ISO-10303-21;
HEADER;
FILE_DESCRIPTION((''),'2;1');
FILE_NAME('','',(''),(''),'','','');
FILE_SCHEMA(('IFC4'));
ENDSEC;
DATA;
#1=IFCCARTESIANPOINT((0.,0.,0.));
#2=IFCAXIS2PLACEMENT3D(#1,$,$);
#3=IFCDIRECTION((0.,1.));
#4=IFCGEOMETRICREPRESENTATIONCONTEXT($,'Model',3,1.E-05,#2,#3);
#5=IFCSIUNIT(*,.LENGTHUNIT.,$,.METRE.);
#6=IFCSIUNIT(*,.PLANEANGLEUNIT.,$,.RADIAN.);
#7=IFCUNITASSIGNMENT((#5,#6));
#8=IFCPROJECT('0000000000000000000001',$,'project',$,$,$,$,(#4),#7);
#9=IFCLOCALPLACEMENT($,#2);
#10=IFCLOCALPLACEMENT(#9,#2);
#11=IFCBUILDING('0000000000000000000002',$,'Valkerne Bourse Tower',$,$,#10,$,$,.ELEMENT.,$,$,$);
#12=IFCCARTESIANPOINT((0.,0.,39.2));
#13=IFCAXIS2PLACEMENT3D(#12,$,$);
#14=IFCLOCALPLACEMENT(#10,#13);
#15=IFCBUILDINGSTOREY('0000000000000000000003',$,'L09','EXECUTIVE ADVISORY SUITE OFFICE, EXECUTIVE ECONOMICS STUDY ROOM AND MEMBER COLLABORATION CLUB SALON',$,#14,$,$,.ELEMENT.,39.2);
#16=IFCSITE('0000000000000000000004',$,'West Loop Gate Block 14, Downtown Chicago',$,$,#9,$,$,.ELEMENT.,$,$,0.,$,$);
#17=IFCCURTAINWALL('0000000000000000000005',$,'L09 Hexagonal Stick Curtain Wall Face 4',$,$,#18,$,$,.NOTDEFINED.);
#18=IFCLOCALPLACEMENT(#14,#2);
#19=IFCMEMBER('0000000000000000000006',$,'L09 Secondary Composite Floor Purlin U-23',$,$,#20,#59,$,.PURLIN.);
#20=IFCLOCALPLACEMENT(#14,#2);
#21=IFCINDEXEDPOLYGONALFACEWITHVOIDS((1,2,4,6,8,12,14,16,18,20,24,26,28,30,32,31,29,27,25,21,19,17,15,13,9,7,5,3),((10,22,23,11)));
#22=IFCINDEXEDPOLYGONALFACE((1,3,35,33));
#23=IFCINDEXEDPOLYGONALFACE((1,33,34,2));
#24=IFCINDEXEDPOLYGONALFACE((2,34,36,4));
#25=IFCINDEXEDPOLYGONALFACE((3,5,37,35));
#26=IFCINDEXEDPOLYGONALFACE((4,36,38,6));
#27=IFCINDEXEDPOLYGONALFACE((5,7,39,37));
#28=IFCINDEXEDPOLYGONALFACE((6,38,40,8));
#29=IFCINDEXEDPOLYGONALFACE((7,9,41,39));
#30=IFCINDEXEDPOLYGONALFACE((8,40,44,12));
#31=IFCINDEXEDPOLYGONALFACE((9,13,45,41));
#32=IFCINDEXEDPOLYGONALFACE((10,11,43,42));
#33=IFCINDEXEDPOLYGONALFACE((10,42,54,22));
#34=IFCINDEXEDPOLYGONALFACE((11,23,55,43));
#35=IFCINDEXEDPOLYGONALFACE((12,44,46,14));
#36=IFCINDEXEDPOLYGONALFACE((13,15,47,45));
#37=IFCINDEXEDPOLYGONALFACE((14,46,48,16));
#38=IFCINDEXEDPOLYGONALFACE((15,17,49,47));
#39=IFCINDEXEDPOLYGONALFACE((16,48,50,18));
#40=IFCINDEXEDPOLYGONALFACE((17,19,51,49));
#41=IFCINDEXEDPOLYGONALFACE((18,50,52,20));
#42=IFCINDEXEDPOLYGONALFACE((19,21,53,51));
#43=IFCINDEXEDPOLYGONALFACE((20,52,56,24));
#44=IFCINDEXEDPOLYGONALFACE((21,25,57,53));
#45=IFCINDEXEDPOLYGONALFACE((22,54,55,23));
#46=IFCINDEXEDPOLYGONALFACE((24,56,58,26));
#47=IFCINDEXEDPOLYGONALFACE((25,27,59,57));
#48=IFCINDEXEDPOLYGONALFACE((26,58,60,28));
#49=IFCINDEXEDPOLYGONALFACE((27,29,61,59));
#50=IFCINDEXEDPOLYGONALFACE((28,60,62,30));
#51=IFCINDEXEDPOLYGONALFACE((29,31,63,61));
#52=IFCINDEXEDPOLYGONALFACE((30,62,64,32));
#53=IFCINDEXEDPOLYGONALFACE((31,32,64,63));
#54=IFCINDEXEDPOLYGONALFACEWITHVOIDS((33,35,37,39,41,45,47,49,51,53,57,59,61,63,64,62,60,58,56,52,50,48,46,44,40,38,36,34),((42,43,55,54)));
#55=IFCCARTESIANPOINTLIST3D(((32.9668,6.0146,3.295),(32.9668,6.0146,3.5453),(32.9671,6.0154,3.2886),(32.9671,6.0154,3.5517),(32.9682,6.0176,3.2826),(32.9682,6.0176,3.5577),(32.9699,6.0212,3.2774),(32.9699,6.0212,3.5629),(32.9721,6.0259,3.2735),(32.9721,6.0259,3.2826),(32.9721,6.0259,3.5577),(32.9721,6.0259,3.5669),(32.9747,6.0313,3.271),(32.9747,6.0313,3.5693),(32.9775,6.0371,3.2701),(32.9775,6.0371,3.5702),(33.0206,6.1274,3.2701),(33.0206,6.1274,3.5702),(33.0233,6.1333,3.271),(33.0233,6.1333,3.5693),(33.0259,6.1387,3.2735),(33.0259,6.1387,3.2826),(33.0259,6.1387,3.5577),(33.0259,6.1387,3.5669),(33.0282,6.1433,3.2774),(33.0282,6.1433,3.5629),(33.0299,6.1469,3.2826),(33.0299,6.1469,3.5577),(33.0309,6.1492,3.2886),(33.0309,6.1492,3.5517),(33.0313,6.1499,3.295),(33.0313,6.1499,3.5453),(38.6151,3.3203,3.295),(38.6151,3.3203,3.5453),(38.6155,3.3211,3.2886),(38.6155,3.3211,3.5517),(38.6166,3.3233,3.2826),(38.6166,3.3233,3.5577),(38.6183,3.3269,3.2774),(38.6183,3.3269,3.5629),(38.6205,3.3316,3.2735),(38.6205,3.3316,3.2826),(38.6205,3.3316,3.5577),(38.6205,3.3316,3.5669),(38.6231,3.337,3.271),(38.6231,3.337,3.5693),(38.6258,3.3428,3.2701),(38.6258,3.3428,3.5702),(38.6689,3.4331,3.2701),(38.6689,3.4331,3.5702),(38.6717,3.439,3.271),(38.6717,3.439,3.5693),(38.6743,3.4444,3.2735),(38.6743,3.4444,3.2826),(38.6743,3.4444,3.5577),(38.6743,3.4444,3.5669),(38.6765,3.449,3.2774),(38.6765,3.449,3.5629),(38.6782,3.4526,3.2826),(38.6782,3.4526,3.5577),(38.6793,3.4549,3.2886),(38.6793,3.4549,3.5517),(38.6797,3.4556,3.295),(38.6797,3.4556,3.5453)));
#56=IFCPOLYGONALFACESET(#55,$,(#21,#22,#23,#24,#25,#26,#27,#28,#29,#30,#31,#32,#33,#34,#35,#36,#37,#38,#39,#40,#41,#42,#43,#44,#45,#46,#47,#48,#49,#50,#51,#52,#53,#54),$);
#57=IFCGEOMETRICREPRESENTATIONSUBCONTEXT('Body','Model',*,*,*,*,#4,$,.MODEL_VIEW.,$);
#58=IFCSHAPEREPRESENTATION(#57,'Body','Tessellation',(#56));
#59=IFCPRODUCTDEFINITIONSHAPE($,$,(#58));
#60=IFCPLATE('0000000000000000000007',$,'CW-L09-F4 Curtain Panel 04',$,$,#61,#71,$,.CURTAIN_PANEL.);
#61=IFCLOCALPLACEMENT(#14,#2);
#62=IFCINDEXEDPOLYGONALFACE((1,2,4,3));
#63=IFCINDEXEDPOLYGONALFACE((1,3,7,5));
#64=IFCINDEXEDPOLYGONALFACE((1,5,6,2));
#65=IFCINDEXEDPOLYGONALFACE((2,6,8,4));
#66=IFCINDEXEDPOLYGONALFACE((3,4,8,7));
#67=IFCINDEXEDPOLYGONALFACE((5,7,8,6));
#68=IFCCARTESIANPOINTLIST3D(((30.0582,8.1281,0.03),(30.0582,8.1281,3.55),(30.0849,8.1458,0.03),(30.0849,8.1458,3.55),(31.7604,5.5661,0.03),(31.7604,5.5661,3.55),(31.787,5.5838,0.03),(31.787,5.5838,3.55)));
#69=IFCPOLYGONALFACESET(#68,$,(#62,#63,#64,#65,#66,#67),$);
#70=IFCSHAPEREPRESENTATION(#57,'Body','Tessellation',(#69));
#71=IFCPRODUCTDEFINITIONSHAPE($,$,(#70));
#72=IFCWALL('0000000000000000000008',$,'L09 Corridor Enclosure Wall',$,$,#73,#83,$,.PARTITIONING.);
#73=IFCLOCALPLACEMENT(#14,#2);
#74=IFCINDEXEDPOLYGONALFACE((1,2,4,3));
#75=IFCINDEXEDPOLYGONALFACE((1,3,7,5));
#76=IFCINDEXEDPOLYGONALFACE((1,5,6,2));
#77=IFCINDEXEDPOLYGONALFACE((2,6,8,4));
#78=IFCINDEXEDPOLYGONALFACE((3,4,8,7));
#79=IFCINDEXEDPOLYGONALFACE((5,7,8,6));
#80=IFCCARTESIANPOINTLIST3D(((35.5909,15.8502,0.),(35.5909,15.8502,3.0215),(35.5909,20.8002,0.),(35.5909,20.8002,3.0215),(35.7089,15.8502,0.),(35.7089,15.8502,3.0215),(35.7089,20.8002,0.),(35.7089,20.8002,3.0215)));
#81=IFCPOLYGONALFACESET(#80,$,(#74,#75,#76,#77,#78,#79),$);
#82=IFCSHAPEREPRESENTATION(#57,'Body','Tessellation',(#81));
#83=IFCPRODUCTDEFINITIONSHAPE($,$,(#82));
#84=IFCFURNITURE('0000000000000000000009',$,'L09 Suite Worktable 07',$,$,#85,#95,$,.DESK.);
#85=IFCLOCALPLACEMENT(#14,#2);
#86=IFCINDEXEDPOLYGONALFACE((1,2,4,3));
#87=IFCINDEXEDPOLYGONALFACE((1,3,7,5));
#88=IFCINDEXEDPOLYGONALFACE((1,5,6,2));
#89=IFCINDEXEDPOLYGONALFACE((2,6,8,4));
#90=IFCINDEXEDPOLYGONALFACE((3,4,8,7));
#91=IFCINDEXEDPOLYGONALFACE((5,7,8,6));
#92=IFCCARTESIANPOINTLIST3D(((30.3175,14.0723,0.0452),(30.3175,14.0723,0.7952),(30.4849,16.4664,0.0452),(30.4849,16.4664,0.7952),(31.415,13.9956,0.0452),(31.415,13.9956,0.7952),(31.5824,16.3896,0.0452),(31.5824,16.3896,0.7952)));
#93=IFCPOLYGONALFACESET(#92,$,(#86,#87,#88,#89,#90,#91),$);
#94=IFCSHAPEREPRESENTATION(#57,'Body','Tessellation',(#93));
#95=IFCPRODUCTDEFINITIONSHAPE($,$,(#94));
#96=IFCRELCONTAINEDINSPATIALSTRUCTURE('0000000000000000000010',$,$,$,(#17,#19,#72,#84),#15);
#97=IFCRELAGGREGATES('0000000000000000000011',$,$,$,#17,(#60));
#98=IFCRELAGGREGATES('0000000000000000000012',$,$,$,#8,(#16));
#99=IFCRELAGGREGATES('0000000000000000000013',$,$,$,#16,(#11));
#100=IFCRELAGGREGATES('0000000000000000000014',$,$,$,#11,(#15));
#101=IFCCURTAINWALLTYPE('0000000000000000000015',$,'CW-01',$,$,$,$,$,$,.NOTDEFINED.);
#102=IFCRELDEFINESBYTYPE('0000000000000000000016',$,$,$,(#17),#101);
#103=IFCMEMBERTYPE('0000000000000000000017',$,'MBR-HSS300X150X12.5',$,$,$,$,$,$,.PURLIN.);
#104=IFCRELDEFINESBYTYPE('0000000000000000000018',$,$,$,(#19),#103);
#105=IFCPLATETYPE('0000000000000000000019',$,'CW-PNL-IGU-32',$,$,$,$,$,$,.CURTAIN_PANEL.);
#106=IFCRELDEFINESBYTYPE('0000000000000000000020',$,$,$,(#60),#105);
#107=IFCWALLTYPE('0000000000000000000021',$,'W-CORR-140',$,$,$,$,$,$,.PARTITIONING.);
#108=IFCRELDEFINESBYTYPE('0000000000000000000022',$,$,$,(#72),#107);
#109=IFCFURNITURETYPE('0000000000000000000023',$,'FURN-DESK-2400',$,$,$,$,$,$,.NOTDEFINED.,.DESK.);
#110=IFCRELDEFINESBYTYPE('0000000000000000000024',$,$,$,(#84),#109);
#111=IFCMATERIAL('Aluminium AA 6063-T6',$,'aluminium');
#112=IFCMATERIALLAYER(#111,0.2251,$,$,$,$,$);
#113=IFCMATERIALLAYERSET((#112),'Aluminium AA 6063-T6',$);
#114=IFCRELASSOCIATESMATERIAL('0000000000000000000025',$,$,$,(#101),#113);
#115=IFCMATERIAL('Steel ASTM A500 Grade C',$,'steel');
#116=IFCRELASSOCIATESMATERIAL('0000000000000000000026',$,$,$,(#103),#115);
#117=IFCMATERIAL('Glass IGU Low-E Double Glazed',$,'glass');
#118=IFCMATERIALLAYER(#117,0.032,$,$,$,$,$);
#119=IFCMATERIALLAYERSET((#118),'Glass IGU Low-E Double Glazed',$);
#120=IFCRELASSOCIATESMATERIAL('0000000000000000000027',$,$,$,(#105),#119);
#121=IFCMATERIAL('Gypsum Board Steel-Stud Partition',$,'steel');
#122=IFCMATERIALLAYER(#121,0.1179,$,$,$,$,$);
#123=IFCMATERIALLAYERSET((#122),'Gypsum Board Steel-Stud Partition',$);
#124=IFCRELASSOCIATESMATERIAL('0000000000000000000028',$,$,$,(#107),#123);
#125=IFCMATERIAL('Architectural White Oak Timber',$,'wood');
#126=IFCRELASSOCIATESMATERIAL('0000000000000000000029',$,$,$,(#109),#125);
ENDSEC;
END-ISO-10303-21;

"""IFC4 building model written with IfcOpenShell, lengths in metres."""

from ifc_helpers import new_model, si_unit, direction, frame, frame_2d, origin, origin_2d, place, context, subcontext, project, spatial, rectangle, hollow_rectangle, extrude, material, layer, layer_set, material_profile, profile_set, type_object, element, aggregate, save


model = new_model("IFC4")

# Units and contexts
model_context = context("Model", 3, precision=1e-05, world=origin(), true_north=direction((0.0, 1.0)))
body_context = subcontext(model_context, "Body", "Model", "MODEL_VIEW")
ifc_project = project(units=[si_unit("LENGTHUNIT", "METRE"), si_unit("PLANEANGLEUNIT", "RADIAN")], contexts=[model_context])

# Site, building, storey
site_placement = place(None, origin())
site = spatial("IfcSite", under=ifc_project, at=site_placement, Name="West Loop Gate Block 14, Downtown Chicago", CompositionType="ELEMENT", RefElevation=0.0)
building_placement = place(site_placement, origin())
building = spatial("IfcBuilding", under=site, at=building_placement, Name="Valkerne Bourse Tower", CompositionType="ELEMENT")
storey_placement = place(building_placement, frame((0.0, 0.0, 39.2)))
storey = spatial("IfcBuildingStorey", under=building, at=storey_placement, Name="L09", Description="EXECUTIVE ADVISORY SUITE OFFICE, EXECUTIVE ECONOMICS STUDY ROOM AND MEMBER COLLABORATION CLUB SALON", CompositionType="ELEMENT", Elevation=39.2)

# Curtain wall
ifc_material_1 = material(Name="Aluminium AA 6063-T6", Category="aluminium")
ifc_layer_1 = layer(ifc_material_1, 0.2251)
ifc_layer_set_1 = layer_set([ifc_layer_1], Name="Aluminium AA 6063-T6")
curtain_wall_type = type_object("IfcCurtainWallType", Name="CW-01", PredefinedType="NOTDEFINED", material=ifc_layer_set_1)
curtain_wall_placement = place(storey_placement, origin())
curtain_wall = element("IfcCurtainWall", 1, at=curtain_wall_placement, inside=storey, type_object=curtain_wall_type, Name="L09 Hexagonal Stick Curtain Wall Face 4", PredefinedType="NOTDEFINED")

# Member
ifc_material_2 = material(Name="Steel ASTM A500 Grade C", Category="steel")
ifc_material_profile_1 = material_profile(ifc_material_2, hollow_rectangle(XDim=0.1499, YDim=0.3, WallThickness=0.0125, OuterFilletRadius=0.0249, at=origin_2d()), Name="HSS300X150X12.5")
ifc_profile_set_1 = profile_set([ifc_material_profile_1], Name="Steel ASTM A500 Grade C")
member_type_1 = type_object("IfcMemberType", Name="MBR-HSS300X150X12.5", PredefinedType="PURLIN", material=ifc_profile_set_1)
member_1_placement = place(storey_placement, frame((32.999, 6.0823, 3.4202), z_axis=(0.902575, -0.430533, 0.0), x_axis=(0.430533, 0.902575, 0.0)))
element("IfcMember", 2, at=member_1_placement, inside=storey, type_object=member_type_1, Name="L09 Secondary Composite Floor Purlin U-23", PredefinedType="PURLIN", context=body_context, shape_type="SweptSolid", body=[
    extrude(hollow_rectangle(XDim=0.1499, YDim=0.3, WallThickness=0.0125, OuterFilletRadius=0.0249, at=origin_2d()), origin(), (0.0, 0.0, 1.0), 6.2581),
])

# Plate
ifc_material_3 = material(Name="Glass IGU Low-E Double Glazed", Category="glass")
ifc_layer_2 = layer(ifc_material_3, 0.032)
ifc_layer_set_2 = layer_set([ifc_layer_2], Name="Glass IGU Low-E Double Glazed")
plate_type = type_object("IfcPlateType", Name="CW-PNL-IGU-32", PredefinedType="CURTAIN_PANEL", material=ifc_layer_set_2)
plate_placement = place(storey_placement, frame((30.9226, 6.856, 0.03), z_axis=(0.0, 0.0, 1.0), x_axis=(0.553377, -0.832931, 0.0)))
plate = element("IfcPlate", 3, at=plate_placement, type_object=plate_type, Name="CW-L09-F4 Curtain Panel 04", PredefinedType="CURTAIN_PANEL", context=body_context, shape_type="SweptSolid", body=[
    extrude(rectangle(XDim=3.0759, YDim=0.032, at=origin_2d()), origin(), (0.0, 0.0, 1.0), 3.52),
])
aggregate(curtain_wall, [plate])

# Wall
ifc_material_4 = material(Name="Gypsum Board Steel-Stud Partition", Category="steel")
ifc_layer_3 = layer(ifc_material_4, 0.1179)
ifc_layer_set_3 = layer_set([ifc_layer_3], Name="Gypsum Board Steel-Stud Partition")
wall_type = type_object("IfcWallType", Name="W-CORR-140", PredefinedType="PARTITIONING", material=ifc_layer_set_3)
wall_placement = place(storey_placement, frame((35.6499, 15.8501, 0.0), z_axis=(0.0, 0.0, 1.0), x_axis=(0.0, 1.0, 0.0)))
element("IfcWall", 4, at=wall_placement, inside=storey, type_object=wall_type, Name="L09 Corridor Enclosure Wall", PredefinedType="PARTITIONING", context=body_context, shape_type="SweptSolid", body=[
    extrude(rectangle(XDim=4.95, YDim=0.1179, at=frame_2d((2.4751, 0.0))), origin(), (0.0, 0.0, 1.0), 3.0215),
])

# Furniture
ifc_material_5 = material(Name="Architectural White Oak Timber", Category="wood")
furniture_type = type_object("IfcFurnitureType", Name="FURN-DESK-2400", AssemblyPlace="NOTDEFINED", PredefinedType="DESK", material=ifc_material_5)
furniture_placement = place(storey_placement, frame((30.95, 15.231, 0.0452), z_axis=(0.0, 0.0, 1.0), x_axis=(0.069756, 0.997564, 0.0)))
element("IfcFurniture", 5, at=furniture_placement, inside=storey, type_object=furniture_type, Name="L09 Suite Worktable 07", PredefinedType="DESK", context=body_context, shape_type="SweptSolid", body=[
    extrude(rectangle(XDim=2.3999, YDim=1.1001, at=origin_2d()), origin(), (0.0, 0.0, 1.0), 0.75),
])

save(model, "model.ifc")
